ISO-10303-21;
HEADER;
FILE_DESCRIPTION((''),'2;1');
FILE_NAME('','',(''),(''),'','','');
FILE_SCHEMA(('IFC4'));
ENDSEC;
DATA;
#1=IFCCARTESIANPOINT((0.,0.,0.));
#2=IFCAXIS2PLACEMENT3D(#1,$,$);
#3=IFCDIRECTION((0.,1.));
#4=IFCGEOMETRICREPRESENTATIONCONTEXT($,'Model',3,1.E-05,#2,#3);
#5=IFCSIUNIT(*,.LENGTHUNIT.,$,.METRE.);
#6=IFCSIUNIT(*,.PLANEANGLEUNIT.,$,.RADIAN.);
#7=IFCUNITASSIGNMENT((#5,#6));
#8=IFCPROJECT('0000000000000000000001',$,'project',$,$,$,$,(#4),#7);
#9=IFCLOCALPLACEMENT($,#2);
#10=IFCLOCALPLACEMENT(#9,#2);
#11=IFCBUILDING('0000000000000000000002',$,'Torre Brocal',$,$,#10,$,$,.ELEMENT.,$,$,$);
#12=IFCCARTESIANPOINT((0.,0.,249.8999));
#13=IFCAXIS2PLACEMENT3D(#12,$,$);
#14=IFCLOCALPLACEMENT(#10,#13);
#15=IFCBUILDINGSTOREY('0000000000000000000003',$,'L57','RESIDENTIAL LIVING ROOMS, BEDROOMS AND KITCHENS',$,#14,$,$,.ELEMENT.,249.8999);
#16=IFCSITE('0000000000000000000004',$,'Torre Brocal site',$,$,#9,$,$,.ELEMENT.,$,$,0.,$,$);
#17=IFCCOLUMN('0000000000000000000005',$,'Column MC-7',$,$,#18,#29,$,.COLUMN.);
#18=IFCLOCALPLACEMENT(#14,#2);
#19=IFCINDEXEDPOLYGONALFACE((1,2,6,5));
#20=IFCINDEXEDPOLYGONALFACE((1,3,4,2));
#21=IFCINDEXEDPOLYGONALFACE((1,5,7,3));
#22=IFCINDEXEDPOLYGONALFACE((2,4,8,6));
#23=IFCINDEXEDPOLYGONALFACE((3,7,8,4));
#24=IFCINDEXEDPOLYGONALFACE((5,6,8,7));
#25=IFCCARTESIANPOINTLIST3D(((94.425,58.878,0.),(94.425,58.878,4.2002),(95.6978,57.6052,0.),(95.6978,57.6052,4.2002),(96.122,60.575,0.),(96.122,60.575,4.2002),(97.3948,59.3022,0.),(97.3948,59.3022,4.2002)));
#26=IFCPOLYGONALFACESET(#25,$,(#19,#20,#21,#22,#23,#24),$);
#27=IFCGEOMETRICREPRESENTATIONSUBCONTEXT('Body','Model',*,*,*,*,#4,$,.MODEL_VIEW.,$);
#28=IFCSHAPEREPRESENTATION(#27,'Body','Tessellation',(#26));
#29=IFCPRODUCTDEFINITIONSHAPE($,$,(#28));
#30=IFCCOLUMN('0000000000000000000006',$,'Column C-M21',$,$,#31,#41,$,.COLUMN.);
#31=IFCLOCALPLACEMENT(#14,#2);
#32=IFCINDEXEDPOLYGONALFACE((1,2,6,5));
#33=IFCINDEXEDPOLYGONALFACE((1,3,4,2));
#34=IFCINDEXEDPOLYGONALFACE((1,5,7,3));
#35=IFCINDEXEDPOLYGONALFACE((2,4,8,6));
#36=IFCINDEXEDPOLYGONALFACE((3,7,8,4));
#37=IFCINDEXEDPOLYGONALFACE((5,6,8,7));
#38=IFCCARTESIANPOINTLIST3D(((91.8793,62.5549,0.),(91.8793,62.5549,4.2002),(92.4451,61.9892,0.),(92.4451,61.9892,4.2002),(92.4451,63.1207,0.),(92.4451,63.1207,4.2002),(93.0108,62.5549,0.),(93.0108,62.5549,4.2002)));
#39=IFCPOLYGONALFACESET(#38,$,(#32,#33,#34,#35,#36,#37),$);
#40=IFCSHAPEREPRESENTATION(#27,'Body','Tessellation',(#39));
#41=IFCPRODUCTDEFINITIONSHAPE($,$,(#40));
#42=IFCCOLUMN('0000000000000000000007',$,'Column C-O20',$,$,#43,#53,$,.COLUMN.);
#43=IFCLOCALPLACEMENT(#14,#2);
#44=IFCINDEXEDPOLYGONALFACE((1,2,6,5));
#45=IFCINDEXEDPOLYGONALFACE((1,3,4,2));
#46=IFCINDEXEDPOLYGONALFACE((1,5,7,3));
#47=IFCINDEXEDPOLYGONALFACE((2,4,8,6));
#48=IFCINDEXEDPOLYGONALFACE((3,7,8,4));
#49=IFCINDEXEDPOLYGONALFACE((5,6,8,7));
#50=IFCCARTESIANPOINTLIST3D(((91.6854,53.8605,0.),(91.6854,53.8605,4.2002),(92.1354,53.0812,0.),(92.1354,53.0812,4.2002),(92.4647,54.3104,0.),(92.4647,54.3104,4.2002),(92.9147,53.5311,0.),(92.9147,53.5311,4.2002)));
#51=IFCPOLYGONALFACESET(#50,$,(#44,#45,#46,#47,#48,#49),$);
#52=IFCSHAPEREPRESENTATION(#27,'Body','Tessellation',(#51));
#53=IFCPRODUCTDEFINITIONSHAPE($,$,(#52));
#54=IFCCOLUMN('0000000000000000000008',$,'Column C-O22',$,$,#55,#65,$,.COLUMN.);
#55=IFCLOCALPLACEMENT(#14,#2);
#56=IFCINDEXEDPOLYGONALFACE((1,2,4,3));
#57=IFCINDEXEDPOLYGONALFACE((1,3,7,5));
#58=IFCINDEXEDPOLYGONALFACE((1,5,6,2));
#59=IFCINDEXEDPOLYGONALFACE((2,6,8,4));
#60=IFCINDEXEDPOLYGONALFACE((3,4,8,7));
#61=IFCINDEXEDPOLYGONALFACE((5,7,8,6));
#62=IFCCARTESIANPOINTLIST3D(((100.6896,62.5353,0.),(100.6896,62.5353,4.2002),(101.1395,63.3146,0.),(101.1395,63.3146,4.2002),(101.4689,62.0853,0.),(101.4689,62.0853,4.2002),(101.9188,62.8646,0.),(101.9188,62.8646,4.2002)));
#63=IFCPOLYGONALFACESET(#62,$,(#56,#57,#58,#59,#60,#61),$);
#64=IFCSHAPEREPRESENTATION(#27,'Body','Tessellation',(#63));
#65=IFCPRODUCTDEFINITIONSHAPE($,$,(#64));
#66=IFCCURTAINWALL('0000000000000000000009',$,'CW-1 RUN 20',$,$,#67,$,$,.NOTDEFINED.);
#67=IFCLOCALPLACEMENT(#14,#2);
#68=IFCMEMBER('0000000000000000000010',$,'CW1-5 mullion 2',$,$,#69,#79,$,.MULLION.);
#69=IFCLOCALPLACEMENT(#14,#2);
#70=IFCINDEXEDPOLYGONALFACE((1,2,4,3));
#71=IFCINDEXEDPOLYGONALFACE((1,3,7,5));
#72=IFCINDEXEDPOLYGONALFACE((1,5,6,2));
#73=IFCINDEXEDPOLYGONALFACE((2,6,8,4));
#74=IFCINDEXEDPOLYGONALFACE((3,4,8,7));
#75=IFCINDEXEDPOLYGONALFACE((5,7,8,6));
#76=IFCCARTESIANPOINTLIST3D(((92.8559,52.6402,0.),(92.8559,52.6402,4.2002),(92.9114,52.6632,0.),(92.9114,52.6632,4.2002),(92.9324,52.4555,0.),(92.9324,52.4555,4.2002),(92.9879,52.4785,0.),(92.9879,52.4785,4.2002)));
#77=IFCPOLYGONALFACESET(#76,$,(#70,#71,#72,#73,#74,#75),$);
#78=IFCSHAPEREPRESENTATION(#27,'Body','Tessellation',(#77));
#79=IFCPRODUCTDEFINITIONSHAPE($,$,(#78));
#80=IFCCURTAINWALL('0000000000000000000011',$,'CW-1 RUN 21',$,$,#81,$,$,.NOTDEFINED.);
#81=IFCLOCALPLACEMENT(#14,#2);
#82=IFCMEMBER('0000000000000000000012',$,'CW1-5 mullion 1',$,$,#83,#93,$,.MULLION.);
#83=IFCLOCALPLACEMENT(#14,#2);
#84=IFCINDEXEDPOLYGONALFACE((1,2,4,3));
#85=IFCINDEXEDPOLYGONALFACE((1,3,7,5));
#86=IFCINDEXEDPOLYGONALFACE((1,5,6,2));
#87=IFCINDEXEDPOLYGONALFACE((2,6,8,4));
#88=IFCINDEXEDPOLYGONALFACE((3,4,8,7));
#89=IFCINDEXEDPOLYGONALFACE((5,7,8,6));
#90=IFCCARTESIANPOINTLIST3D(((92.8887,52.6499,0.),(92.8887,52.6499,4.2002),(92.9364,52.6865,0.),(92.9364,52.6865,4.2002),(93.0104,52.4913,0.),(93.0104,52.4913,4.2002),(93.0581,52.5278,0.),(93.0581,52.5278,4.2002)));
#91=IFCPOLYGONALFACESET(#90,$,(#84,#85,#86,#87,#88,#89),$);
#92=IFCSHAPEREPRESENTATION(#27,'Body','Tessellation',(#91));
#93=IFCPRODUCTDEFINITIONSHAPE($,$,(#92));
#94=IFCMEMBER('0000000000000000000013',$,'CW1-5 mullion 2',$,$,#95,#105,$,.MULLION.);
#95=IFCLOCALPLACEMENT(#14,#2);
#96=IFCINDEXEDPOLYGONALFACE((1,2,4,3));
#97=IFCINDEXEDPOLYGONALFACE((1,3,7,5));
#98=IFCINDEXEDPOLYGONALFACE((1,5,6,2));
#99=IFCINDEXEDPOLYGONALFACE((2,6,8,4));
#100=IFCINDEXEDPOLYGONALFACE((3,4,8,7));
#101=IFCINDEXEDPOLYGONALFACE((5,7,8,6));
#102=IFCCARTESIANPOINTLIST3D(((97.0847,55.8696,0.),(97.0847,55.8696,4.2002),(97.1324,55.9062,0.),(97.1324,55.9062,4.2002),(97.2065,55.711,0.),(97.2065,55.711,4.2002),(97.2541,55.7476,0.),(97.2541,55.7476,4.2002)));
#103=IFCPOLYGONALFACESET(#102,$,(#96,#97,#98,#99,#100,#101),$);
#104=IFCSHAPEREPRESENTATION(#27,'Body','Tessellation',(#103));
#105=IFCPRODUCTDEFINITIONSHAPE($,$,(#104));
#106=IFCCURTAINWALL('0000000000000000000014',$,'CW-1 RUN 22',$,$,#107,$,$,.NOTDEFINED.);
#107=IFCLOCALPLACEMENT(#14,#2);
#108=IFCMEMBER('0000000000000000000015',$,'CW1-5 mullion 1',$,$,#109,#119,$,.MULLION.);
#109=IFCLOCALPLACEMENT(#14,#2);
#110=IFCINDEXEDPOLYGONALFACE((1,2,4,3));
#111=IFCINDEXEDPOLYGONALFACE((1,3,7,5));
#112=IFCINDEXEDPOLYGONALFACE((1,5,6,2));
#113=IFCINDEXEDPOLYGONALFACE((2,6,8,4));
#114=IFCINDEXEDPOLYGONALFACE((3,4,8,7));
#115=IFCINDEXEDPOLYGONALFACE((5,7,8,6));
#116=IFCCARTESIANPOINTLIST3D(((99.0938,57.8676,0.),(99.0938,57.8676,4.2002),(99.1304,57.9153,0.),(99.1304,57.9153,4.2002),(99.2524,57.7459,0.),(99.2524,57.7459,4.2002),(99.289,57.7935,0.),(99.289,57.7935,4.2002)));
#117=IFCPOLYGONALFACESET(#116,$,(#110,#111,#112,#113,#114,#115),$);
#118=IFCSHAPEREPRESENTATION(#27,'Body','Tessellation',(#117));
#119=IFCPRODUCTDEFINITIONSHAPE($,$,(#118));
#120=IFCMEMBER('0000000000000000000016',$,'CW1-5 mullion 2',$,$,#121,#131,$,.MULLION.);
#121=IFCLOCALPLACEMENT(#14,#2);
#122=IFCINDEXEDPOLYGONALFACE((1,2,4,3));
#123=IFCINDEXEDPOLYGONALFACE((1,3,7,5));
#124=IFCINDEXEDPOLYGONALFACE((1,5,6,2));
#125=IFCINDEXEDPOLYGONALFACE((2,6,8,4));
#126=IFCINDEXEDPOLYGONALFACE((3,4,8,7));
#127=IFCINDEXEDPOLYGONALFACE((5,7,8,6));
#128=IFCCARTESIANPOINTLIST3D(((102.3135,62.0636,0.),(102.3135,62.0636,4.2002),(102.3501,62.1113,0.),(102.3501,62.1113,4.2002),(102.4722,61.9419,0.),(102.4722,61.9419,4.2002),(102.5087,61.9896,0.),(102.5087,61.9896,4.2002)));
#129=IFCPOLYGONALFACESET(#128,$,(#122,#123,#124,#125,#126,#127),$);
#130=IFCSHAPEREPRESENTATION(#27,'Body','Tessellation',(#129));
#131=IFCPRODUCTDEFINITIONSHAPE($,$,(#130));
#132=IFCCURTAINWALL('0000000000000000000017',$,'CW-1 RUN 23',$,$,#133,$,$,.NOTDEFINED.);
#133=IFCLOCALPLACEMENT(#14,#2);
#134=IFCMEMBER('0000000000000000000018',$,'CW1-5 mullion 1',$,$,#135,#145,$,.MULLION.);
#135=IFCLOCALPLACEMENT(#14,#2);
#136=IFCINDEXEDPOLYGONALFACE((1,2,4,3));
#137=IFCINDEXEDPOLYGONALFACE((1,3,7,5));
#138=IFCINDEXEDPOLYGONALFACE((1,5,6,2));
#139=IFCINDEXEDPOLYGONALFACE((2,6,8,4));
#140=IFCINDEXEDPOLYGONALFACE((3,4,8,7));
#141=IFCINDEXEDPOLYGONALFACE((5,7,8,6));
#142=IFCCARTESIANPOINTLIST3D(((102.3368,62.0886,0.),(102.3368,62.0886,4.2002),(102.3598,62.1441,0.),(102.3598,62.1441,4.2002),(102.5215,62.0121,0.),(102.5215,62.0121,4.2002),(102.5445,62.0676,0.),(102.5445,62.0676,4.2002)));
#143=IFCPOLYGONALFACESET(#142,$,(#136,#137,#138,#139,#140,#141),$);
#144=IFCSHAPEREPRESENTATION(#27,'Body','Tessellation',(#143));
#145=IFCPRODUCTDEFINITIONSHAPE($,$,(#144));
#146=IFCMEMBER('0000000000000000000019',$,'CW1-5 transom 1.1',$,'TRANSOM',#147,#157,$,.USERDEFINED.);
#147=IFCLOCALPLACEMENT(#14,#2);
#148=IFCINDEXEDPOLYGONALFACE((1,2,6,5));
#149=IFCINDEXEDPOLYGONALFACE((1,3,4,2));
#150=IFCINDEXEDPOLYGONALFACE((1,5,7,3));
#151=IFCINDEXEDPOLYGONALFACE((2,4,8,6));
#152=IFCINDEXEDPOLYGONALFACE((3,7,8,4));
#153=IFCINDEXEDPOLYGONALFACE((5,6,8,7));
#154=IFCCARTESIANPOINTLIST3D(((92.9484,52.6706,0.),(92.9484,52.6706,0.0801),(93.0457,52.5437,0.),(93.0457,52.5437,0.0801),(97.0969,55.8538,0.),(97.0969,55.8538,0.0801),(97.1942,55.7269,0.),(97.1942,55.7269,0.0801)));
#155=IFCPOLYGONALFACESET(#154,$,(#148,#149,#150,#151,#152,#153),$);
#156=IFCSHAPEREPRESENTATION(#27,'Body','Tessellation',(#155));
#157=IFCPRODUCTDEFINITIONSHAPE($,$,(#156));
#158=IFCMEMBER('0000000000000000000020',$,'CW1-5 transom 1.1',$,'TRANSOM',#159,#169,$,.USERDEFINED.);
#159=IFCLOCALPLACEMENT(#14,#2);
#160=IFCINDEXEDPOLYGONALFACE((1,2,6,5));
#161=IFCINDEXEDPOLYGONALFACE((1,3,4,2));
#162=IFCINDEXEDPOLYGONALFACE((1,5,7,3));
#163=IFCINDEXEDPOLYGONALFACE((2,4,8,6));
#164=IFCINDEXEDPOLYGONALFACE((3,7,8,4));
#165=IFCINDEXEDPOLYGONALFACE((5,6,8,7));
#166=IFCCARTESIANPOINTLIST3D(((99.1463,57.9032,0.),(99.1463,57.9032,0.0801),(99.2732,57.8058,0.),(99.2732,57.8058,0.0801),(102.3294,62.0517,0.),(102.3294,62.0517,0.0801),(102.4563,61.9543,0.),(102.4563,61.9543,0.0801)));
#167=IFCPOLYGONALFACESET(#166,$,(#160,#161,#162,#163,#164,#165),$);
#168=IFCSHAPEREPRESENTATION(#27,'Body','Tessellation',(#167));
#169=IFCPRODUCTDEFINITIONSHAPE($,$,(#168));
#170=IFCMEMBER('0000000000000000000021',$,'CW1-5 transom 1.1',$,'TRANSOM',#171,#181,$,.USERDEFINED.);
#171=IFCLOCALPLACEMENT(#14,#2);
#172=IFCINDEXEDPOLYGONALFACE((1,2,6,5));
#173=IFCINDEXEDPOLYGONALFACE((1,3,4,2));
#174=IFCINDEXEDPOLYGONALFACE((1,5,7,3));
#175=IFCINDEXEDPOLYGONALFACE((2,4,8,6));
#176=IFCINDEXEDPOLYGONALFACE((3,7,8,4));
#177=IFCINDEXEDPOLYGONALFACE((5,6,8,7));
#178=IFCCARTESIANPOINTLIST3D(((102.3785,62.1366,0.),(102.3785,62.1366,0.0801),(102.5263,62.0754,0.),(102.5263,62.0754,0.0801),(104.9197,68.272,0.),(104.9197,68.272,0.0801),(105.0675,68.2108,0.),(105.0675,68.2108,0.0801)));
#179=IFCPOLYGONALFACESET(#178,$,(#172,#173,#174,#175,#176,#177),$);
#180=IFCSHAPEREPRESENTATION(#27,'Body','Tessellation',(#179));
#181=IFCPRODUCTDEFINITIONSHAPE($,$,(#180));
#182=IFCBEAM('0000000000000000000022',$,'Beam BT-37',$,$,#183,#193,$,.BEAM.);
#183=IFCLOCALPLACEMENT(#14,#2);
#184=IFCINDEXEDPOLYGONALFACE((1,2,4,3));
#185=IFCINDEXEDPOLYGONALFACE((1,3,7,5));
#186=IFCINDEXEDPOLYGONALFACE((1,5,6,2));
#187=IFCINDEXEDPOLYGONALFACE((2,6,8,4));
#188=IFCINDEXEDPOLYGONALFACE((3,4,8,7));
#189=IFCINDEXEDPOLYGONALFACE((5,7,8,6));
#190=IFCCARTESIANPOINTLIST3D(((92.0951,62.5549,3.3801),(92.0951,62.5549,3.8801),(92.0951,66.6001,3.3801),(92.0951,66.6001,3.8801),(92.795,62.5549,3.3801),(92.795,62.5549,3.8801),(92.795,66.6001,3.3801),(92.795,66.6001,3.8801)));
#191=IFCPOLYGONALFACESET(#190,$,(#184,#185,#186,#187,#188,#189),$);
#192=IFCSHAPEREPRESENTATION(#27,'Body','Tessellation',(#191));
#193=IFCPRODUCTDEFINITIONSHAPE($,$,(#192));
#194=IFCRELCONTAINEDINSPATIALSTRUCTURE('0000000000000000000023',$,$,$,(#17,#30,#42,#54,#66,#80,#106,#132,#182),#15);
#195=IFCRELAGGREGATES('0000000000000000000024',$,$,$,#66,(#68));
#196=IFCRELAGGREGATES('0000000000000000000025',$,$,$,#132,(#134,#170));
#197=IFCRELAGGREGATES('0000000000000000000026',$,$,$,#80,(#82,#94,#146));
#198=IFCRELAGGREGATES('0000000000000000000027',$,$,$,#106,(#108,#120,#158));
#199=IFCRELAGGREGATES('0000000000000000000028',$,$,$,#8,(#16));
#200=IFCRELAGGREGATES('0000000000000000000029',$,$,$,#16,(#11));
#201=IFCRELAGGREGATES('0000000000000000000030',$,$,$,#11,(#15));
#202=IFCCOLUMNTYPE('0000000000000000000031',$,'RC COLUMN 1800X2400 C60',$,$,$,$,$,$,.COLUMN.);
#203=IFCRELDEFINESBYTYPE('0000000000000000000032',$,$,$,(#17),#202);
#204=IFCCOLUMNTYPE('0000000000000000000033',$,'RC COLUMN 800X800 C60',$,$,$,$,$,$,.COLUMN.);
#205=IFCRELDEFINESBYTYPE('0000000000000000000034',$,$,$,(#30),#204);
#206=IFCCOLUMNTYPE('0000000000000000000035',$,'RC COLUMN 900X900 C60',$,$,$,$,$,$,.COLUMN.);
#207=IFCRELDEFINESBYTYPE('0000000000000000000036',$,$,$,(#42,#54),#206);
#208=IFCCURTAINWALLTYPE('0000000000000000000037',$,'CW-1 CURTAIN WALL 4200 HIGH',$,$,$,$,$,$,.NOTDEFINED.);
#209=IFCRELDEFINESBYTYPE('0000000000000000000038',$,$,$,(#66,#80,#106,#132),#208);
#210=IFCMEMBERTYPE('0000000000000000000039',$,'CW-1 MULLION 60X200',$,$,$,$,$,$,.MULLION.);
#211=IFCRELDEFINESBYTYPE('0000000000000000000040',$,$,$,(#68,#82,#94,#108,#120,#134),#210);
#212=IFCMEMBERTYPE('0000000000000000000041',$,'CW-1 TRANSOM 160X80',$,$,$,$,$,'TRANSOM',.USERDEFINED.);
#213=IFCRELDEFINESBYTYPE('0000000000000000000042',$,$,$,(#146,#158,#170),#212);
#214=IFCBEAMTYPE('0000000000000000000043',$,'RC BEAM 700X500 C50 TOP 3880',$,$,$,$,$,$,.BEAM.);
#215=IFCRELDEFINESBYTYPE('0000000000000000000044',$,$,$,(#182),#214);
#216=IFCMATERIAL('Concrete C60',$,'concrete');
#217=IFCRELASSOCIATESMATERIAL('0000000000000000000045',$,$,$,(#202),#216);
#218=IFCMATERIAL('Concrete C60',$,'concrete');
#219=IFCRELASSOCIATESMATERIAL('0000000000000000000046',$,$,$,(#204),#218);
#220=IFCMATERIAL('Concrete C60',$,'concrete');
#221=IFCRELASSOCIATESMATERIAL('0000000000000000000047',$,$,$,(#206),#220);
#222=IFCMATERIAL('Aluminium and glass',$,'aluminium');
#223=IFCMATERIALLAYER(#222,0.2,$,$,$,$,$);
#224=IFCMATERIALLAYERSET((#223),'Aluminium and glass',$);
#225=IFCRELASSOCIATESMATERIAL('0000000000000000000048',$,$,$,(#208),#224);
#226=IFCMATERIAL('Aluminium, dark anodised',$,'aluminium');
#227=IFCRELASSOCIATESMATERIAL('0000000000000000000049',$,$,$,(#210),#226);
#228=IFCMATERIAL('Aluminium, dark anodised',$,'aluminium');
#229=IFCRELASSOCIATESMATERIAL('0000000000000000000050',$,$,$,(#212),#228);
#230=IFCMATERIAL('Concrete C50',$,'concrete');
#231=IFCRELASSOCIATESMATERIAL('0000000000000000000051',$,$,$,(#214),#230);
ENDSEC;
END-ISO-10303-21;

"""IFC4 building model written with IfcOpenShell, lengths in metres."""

from ifc_helpers import new_model, si_unit, direction, frame, origin, origin_2d, place, context, subcontext, project, spatial, rectangle, extrude, material, layer, layer_set, material_profile, profile_set, type_object, element, aggregate, save


model = new_model("IFC4")

# Units and contexts
model_context = context("Model", 3, precision=1e-05, world=origin(), true_north=direction((0.0, 1.0)))
body_context = subcontext(model_context, "Body", "Model", "MODEL_VIEW")
ifc_project = project(units=[si_unit("LENGTHUNIT", "METRE"), si_unit("PLANEANGLEUNIT", "RADIAN")], contexts=[model_context])

# Site, building, storey
site_placement = place(None, origin())
site = spatial("IfcSite", under=ifc_project, at=site_placement, Name="Torre Brocal site", CompositionType="ELEMENT", RefElevation=0.0)
building_placement = place(site_placement, origin())
building = spatial("IfcBuilding", under=site, at=building_placement, Name="Torre Brocal", CompositionType="ELEMENT")
storey_placement = place(building_placement, frame((0.0, 0.0, 249.8999)))
storey = spatial("IfcBuildingStorey", under=building, at=storey_placement, Name="L57", Description="RESIDENTIAL LIVING ROOMS, BEDROOMS AND KITCHENS", CompositionType="ELEMENT", Elevation=249.8999)

# Columns
ifc_material_1 = material(Name="Concrete C60", Category="concrete")
ifc_material_profile_1 = material_profile(ifc_material_1, rectangle(XDim=1.8, YDim=2.3999, at=origin_2d()), Name="RC 1800X2400")
ifc_profile_set_1 = profile_set([ifc_material_profile_1], Name="Concrete C60")
column_type_1 = type_object("IfcColumnType", Name="RC COLUMN 1800X2400 C60", PredefinedType="COLUMN", material=ifc_profile_set_1)
column_1_placement = place(storey_placement, frame((95.9099, 59.0901, 0.0), z_axis=(0.0, 0.0, 1.0), x_axis=(0.707107, -0.707107, 0.0)))
element("IfcColumn", 1, at=column_1_placement, inside=storey, type_object=column_type_1, Name="Column MC-7", PredefinedType="COLUMN", context=body_context, shape_type="SweptSolid", body=[
    extrude(rectangle(XDim=1.8, YDim=2.3999, at=origin_2d()), origin(), (0.0, 0.0, 1.0), 4.2002),
])
ifc_material_2 = material(Name="Concrete C60", Category="concrete")
ifc_material_profile_2 = material_profile(ifc_material_2, rectangle(XDim=0.8, YDim=0.8, at=origin_2d()), Name="RC 800X800")
ifc_profile_set_2 = profile_set([ifc_material_profile_2], Name="Concrete C60")
column_type_2 = type_object("IfcColumnType", Name="RC COLUMN 800X800 C60", PredefinedType="COLUMN", material=ifc_profile_set_2)
column_2_placement = place(storey_placement, frame((92.4451, 62.5549, 0.0), z_axis=(0.0, 0.0, 1.0), x_axis=(0.707107, -0.707107, 0.0)))
element("IfcColumn", 2, at=column_2_placement, inside=storey, type_object=column_type_2, Name="Column C-M21", PredefinedType="COLUMN", context=body_context, shape_type="SweptSolid", body=[
    extrude(rectangle(XDim=0.8, YDim=0.8, at=origin_2d()), origin(), (0.0, 0.0, 1.0), 4.2002),
])
ifc_material_3 = material(Name="Concrete C60", Category="concrete")
ifc_material_profile_3 = material_profile(ifc_material_3, rectangle(XDim=0.8999, YDim=0.8999, at=origin_2d()), Name="RC 900X900")
ifc_profile_set_3 = profile_set([ifc_material_profile_3], Name="Concrete C60")
column_type_3 = type_object("IfcColumnType", Name="RC COLUMN 900X900 C60", PredefinedType="COLUMN", material=ifc_profile_set_3)
for number, where, z_axis, x_axis, name in (
    (3, (92.3, 53.6958, 0.0), (0.0, 0.0, 1.0), (0.5, -0.866025, 0.0), "Column C-O20"),
    (4, (101.3042, 62.7, 0.0), (0.0, 0.0, 1.0), (0.866025, -0.5, 0.0), "Column C-O22"),
):
    element("IfcColumn", number, at=place(storey_placement, frame(where, z_axis=z_axis, x_axis=x_axis)), inside=storey, type_object=column_type_3, Name=name, PredefinedType="COLUMN", context=body_context, shape_type="SweptSolid", body=[
        extrude(rectangle(XDim=0.8999, YDim=0.8999, at=origin_2d()), origin(), (0.0, 0.0, 1.0), 4.2002),
    ])

# Curtain wall, member
ifc_material_4 = material(Name="Aluminium and glass", Category="aluminium")
ifc_layer_1 = layer(ifc_material_4, 0.2)
ifc_layer_set_1 = layer_set([ifc_layer_1], Name="Aluminium and glass")
curtain_wall_type = type_object("IfcCurtainWallType", Name="CW-1 CURTAIN WALL 4200 HIGH", PredefinedType="NOTDEFINED", material=ifc_layer_set_1)
curtain_wall_1_placement = place(storey_placement, origin())
curtain_wall_1 = element("IfcCurtainWall", 5, at=curtain_wall_1_placement, inside=storey, type_object=curtain_wall_type, Name="CW-1 RUN 20", PredefinedType="NOTDEFINED")
ifc_material_5 = material(Name="Aluminium, dark anodised", Category="aluminium")
ifc_material_profile_4 = material_profile(ifc_material_5, rectangle(XDim=0.2, YDim=0.0601, at=origin_2d()), Name="CW-1 MULLION 60X200")
ifc_profile_set_4 = profile_set([ifc_material_profile_4], Name="Aluminium, dark anodised")
member_type_1 = type_object("IfcMemberType", Name="CW-1 MULLION 60X200", PredefinedType="MULLION", material=ifc_profile_set_4)
member_1_placement = place(storey_placement, frame((92.9219, 52.5593, 0.0), z_axis=(0.0, 0.0, 1.0), x_axis=(-0.382683, 0.92388, 0.0)))
member_1 = element("IfcMember", 6, at=member_1_placement, type_object=member_type_1, Name="CW1-5 mullion 2", PredefinedType="MULLION", context=body_context, shape_type="SweptSolid", body=[
    extrude(rectangle(XDim=0.2, YDim=0.0601, at=origin_2d()), origin(), (0.0, 0.0, 1.0), 4.2002),
])
aggregate(curtain_wall_1, [member_1])

# Curtain walls, members
curtain_wall_2_placement = place(storey_placement, origin())
curtain_wall_2 = element("IfcCurtainWall", 7, at=curtain_wall_2_placement, inside=storey, type_object=curtain_wall_type, Name="CW-1 RUN 21", PredefinedType="NOTDEFINED")
member_2_placement = place(storey_placement, frame((92.9734, 52.5889, 0.0), z_axis=(0.0, 0.0, 1.0), x_axis=(-0.608761, 0.793353, 0.0)))
member_2 = element("IfcMember", 8, at=member_2_placement, type_object=member_type_1, Name="CW1-5 mullion 1", PredefinedType="MULLION", context=body_context, shape_type="SweptSolid", body=[
    extrude(rectangle(XDim=0.2, YDim=0.0601, at=origin_2d()), origin(), (0.0, 0.0, 1.0), 4.2002),
])
member_3_placement = place(storey_placement, frame((97.1694, 55.8086, 0.0), z_axis=(0.0, 0.0, 1.0), x_axis=(-0.608761, 0.793353, 0.0)))
member_3 = element("IfcMember", 9, at=member_3_placement, type_object=member_type_1, Name="CW1-5 mullion 2", PredefinedType="MULLION", context=body_context, shape_type="SweptSolid", body=[
    extrude(rectangle(XDim=0.2, YDim=0.0601, at=origin_2d()), origin(), (0.0, 0.0, 1.0), 4.2002),
])
curtain_wall_3_placement = place(storey_placement, origin())
curtain_wall_3 = element("IfcCurtainWall", 10, at=curtain_wall_3_placement, inside=storey, type_object=curtain_wall_type, Name="CW-1 RUN 22", PredefinedType="NOTDEFINED")
member_4_placement = place(storey_placement, frame((99.1914, 57.8306, 0.0), z_axis=(0.0, 0.0, 1.0), x_axis=(-0.793353, 0.608761, 0.0)))
member_4 = element("IfcMember", 11, at=member_4_placement, type_object=member_type_1, Name="CW1-5 mullion 1", PredefinedType="MULLION", context=body_context, shape_type="SweptSolid", body=[
    extrude(rectangle(XDim=0.2, YDim=0.0601, at=origin_2d()), origin(), (0.0, 0.0, 1.0), 4.2002),
])
member_5_placement = place(storey_placement, frame((102.4111, 62.0266, 0.0), z_axis=(0.0, 0.0, 1.0), x_axis=(-0.793353, 0.608761, 0.0)))
member_5 = element("IfcMember", 12, at=member_5_placement, type_object=member_type_1, Name="CW1-5 mullion 2", PredefinedType="MULLION", context=body_context, shape_type="SweptSolid", body=[
    extrude(rectangle(XDim=0.2, YDim=0.0601, at=origin_2d()), origin(), (0.0, 0.0, 1.0), 4.2002),
])

# Curtain wall, member
curtain_wall_4_placement = place(storey_placement, origin())
curtain_wall_4 = element("IfcCurtainWall", 13, at=curtain_wall_4_placement, inside=storey, type_object=curtain_wall_type, Name="CW-1 RUN 23", PredefinedType="NOTDEFINED")
member_6_placement = place(storey_placement, frame((102.4407, 62.0781, 0.0), z_axis=(0.0, 0.0, 1.0), x_axis=(-0.92388, 0.382683, 0.0)))
member_6 = element("IfcMember", 14, at=member_6_placement, type_object=member_type_1, Name="CW1-5 mullion 1", PredefinedType="MULLION", context=body_context, shape_type="SweptSolid", body=[
    extrude(rectangle(XDim=0.2, YDim=0.0601, at=origin_2d()), origin(), (0.0, 0.0, 1.0), 4.2002),
])

# Members
ifc_material_6 = material(Name="Aluminium, dark anodised", Category="aluminium")
ifc_material_profile_5 = material_profile(ifc_material_6, rectangle(XDim=0.1599, YDim=0.0801, at=origin_2d()), Name="CW-1 TRANSOM 160X80")
ifc_profile_set_5 = profile_set([ifc_material_profile_5], Name="Aluminium, dark anodised")
member_type_2 = type_object("IfcMemberType", Name="CW-1 TRANSOM 160X80", ElementType="TRANSOM", PredefinedType="USERDEFINED", material=ifc_profile_set_5)
member_7_placement = place(storey_placement, frame((92.9971, 52.6072, 0.04), z_axis=(0.793363, 0.608749, 0.0), x_axis=(-0.608749, 0.793363, 0.0)))
member_7 = element("IfcMember", 15, at=member_7_placement, type_object=member_type_2, Name="CW1-5 transom 1.1", ObjectType="TRANSOM", PredefinedType="USERDEFINED", context=body_context, shape_type="SweptSolid", body=[
    extrude(rectangle(XDim=0.1599, YDim=0.0801, at=origin_2d()), origin(), (0.0, 0.0, 1.0), 5.229),
])
member_8_placement = place(storey_placement, frame((99.2097, 57.8545, 0.04), z_axis=(0.608749, 0.793363, 0.0), x_axis=(-0.793363, 0.608749, 0.0)))
member_8 = element("IfcMember", 16, at=member_8_placement, type_object=member_type_2, Name="CW1-5 transom 1.1", ObjectType="TRANSOM", PredefinedType="USERDEFINED", context=body_context, shape_type="SweptSolid", body=[
    extrude(rectangle(XDim=0.1599, YDim=0.0801, at=origin_2d()), origin(), (0.0, 0.0, 1.0), 5.229),
])
member_9_placement = place(storey_placement, frame((102.4524, 62.106, 0.04), z_axis=(0.382665, 0.923887, 0.0), x_axis=(-0.923887, 0.382665, 0.0)))
member_9 = element("IfcMember", 17, at=member_9_placement, type_object=member_type_2, Name="CW1-5 transom 1.1", ObjectType="TRANSOM", PredefinedType="USERDEFINED", context=body_context, shape_type="SweptSolid", body=[
    extrude(rectangle(XDim=0.1599, YDim=0.0801, at=origin_2d()), origin(), (0.0, 0.0, 1.0), 6.6409),
])
aggregate(curtain_wall_4, [member_6, member_9])

# Beam
ifc_material_7 = material(Name="Concrete C50", Category="concrete")
ifc_material_profile_6 = material_profile(ifc_material_7, rectangle(XDim=0.7, YDim=0.5, at=origin_2d()), Name="RC 700X500")
ifc_profile_set_6 = profile_set([ifc_material_profile_6], Name="Concrete C50")
beam_type_1 = type_object("IfcBeamType", Name="RC BEAM 700X500 C50 TOP 3880", PredefinedType="BEAM", material=ifc_profile_set_6)
beam_placement = place(storey_placement, frame((92.4451, 62.5549, 3.6301), z_axis=(0.0, 1.0, 0.0), x_axis=(-1.0, 0.0, 0.0)))
element("IfcBeam", 18, at=beam_placement, inside=storey, type_object=beam_type_1, Name="Beam BT-37", PredefinedType="BEAM", context=body_context, shape_type="SweptSolid", body=[
    extrude(rectangle(XDim=0.7, YDim=0.5, at=origin_2d()), origin(), (0.0, 0.0, 1.0), 4.0452),
])

aggregate(curtain_wall_2, [member_2, member_3, member_7])
aggregate(curtain_wall_3, [member_4, member_5, member_8])

save(model, "model.ifc")
